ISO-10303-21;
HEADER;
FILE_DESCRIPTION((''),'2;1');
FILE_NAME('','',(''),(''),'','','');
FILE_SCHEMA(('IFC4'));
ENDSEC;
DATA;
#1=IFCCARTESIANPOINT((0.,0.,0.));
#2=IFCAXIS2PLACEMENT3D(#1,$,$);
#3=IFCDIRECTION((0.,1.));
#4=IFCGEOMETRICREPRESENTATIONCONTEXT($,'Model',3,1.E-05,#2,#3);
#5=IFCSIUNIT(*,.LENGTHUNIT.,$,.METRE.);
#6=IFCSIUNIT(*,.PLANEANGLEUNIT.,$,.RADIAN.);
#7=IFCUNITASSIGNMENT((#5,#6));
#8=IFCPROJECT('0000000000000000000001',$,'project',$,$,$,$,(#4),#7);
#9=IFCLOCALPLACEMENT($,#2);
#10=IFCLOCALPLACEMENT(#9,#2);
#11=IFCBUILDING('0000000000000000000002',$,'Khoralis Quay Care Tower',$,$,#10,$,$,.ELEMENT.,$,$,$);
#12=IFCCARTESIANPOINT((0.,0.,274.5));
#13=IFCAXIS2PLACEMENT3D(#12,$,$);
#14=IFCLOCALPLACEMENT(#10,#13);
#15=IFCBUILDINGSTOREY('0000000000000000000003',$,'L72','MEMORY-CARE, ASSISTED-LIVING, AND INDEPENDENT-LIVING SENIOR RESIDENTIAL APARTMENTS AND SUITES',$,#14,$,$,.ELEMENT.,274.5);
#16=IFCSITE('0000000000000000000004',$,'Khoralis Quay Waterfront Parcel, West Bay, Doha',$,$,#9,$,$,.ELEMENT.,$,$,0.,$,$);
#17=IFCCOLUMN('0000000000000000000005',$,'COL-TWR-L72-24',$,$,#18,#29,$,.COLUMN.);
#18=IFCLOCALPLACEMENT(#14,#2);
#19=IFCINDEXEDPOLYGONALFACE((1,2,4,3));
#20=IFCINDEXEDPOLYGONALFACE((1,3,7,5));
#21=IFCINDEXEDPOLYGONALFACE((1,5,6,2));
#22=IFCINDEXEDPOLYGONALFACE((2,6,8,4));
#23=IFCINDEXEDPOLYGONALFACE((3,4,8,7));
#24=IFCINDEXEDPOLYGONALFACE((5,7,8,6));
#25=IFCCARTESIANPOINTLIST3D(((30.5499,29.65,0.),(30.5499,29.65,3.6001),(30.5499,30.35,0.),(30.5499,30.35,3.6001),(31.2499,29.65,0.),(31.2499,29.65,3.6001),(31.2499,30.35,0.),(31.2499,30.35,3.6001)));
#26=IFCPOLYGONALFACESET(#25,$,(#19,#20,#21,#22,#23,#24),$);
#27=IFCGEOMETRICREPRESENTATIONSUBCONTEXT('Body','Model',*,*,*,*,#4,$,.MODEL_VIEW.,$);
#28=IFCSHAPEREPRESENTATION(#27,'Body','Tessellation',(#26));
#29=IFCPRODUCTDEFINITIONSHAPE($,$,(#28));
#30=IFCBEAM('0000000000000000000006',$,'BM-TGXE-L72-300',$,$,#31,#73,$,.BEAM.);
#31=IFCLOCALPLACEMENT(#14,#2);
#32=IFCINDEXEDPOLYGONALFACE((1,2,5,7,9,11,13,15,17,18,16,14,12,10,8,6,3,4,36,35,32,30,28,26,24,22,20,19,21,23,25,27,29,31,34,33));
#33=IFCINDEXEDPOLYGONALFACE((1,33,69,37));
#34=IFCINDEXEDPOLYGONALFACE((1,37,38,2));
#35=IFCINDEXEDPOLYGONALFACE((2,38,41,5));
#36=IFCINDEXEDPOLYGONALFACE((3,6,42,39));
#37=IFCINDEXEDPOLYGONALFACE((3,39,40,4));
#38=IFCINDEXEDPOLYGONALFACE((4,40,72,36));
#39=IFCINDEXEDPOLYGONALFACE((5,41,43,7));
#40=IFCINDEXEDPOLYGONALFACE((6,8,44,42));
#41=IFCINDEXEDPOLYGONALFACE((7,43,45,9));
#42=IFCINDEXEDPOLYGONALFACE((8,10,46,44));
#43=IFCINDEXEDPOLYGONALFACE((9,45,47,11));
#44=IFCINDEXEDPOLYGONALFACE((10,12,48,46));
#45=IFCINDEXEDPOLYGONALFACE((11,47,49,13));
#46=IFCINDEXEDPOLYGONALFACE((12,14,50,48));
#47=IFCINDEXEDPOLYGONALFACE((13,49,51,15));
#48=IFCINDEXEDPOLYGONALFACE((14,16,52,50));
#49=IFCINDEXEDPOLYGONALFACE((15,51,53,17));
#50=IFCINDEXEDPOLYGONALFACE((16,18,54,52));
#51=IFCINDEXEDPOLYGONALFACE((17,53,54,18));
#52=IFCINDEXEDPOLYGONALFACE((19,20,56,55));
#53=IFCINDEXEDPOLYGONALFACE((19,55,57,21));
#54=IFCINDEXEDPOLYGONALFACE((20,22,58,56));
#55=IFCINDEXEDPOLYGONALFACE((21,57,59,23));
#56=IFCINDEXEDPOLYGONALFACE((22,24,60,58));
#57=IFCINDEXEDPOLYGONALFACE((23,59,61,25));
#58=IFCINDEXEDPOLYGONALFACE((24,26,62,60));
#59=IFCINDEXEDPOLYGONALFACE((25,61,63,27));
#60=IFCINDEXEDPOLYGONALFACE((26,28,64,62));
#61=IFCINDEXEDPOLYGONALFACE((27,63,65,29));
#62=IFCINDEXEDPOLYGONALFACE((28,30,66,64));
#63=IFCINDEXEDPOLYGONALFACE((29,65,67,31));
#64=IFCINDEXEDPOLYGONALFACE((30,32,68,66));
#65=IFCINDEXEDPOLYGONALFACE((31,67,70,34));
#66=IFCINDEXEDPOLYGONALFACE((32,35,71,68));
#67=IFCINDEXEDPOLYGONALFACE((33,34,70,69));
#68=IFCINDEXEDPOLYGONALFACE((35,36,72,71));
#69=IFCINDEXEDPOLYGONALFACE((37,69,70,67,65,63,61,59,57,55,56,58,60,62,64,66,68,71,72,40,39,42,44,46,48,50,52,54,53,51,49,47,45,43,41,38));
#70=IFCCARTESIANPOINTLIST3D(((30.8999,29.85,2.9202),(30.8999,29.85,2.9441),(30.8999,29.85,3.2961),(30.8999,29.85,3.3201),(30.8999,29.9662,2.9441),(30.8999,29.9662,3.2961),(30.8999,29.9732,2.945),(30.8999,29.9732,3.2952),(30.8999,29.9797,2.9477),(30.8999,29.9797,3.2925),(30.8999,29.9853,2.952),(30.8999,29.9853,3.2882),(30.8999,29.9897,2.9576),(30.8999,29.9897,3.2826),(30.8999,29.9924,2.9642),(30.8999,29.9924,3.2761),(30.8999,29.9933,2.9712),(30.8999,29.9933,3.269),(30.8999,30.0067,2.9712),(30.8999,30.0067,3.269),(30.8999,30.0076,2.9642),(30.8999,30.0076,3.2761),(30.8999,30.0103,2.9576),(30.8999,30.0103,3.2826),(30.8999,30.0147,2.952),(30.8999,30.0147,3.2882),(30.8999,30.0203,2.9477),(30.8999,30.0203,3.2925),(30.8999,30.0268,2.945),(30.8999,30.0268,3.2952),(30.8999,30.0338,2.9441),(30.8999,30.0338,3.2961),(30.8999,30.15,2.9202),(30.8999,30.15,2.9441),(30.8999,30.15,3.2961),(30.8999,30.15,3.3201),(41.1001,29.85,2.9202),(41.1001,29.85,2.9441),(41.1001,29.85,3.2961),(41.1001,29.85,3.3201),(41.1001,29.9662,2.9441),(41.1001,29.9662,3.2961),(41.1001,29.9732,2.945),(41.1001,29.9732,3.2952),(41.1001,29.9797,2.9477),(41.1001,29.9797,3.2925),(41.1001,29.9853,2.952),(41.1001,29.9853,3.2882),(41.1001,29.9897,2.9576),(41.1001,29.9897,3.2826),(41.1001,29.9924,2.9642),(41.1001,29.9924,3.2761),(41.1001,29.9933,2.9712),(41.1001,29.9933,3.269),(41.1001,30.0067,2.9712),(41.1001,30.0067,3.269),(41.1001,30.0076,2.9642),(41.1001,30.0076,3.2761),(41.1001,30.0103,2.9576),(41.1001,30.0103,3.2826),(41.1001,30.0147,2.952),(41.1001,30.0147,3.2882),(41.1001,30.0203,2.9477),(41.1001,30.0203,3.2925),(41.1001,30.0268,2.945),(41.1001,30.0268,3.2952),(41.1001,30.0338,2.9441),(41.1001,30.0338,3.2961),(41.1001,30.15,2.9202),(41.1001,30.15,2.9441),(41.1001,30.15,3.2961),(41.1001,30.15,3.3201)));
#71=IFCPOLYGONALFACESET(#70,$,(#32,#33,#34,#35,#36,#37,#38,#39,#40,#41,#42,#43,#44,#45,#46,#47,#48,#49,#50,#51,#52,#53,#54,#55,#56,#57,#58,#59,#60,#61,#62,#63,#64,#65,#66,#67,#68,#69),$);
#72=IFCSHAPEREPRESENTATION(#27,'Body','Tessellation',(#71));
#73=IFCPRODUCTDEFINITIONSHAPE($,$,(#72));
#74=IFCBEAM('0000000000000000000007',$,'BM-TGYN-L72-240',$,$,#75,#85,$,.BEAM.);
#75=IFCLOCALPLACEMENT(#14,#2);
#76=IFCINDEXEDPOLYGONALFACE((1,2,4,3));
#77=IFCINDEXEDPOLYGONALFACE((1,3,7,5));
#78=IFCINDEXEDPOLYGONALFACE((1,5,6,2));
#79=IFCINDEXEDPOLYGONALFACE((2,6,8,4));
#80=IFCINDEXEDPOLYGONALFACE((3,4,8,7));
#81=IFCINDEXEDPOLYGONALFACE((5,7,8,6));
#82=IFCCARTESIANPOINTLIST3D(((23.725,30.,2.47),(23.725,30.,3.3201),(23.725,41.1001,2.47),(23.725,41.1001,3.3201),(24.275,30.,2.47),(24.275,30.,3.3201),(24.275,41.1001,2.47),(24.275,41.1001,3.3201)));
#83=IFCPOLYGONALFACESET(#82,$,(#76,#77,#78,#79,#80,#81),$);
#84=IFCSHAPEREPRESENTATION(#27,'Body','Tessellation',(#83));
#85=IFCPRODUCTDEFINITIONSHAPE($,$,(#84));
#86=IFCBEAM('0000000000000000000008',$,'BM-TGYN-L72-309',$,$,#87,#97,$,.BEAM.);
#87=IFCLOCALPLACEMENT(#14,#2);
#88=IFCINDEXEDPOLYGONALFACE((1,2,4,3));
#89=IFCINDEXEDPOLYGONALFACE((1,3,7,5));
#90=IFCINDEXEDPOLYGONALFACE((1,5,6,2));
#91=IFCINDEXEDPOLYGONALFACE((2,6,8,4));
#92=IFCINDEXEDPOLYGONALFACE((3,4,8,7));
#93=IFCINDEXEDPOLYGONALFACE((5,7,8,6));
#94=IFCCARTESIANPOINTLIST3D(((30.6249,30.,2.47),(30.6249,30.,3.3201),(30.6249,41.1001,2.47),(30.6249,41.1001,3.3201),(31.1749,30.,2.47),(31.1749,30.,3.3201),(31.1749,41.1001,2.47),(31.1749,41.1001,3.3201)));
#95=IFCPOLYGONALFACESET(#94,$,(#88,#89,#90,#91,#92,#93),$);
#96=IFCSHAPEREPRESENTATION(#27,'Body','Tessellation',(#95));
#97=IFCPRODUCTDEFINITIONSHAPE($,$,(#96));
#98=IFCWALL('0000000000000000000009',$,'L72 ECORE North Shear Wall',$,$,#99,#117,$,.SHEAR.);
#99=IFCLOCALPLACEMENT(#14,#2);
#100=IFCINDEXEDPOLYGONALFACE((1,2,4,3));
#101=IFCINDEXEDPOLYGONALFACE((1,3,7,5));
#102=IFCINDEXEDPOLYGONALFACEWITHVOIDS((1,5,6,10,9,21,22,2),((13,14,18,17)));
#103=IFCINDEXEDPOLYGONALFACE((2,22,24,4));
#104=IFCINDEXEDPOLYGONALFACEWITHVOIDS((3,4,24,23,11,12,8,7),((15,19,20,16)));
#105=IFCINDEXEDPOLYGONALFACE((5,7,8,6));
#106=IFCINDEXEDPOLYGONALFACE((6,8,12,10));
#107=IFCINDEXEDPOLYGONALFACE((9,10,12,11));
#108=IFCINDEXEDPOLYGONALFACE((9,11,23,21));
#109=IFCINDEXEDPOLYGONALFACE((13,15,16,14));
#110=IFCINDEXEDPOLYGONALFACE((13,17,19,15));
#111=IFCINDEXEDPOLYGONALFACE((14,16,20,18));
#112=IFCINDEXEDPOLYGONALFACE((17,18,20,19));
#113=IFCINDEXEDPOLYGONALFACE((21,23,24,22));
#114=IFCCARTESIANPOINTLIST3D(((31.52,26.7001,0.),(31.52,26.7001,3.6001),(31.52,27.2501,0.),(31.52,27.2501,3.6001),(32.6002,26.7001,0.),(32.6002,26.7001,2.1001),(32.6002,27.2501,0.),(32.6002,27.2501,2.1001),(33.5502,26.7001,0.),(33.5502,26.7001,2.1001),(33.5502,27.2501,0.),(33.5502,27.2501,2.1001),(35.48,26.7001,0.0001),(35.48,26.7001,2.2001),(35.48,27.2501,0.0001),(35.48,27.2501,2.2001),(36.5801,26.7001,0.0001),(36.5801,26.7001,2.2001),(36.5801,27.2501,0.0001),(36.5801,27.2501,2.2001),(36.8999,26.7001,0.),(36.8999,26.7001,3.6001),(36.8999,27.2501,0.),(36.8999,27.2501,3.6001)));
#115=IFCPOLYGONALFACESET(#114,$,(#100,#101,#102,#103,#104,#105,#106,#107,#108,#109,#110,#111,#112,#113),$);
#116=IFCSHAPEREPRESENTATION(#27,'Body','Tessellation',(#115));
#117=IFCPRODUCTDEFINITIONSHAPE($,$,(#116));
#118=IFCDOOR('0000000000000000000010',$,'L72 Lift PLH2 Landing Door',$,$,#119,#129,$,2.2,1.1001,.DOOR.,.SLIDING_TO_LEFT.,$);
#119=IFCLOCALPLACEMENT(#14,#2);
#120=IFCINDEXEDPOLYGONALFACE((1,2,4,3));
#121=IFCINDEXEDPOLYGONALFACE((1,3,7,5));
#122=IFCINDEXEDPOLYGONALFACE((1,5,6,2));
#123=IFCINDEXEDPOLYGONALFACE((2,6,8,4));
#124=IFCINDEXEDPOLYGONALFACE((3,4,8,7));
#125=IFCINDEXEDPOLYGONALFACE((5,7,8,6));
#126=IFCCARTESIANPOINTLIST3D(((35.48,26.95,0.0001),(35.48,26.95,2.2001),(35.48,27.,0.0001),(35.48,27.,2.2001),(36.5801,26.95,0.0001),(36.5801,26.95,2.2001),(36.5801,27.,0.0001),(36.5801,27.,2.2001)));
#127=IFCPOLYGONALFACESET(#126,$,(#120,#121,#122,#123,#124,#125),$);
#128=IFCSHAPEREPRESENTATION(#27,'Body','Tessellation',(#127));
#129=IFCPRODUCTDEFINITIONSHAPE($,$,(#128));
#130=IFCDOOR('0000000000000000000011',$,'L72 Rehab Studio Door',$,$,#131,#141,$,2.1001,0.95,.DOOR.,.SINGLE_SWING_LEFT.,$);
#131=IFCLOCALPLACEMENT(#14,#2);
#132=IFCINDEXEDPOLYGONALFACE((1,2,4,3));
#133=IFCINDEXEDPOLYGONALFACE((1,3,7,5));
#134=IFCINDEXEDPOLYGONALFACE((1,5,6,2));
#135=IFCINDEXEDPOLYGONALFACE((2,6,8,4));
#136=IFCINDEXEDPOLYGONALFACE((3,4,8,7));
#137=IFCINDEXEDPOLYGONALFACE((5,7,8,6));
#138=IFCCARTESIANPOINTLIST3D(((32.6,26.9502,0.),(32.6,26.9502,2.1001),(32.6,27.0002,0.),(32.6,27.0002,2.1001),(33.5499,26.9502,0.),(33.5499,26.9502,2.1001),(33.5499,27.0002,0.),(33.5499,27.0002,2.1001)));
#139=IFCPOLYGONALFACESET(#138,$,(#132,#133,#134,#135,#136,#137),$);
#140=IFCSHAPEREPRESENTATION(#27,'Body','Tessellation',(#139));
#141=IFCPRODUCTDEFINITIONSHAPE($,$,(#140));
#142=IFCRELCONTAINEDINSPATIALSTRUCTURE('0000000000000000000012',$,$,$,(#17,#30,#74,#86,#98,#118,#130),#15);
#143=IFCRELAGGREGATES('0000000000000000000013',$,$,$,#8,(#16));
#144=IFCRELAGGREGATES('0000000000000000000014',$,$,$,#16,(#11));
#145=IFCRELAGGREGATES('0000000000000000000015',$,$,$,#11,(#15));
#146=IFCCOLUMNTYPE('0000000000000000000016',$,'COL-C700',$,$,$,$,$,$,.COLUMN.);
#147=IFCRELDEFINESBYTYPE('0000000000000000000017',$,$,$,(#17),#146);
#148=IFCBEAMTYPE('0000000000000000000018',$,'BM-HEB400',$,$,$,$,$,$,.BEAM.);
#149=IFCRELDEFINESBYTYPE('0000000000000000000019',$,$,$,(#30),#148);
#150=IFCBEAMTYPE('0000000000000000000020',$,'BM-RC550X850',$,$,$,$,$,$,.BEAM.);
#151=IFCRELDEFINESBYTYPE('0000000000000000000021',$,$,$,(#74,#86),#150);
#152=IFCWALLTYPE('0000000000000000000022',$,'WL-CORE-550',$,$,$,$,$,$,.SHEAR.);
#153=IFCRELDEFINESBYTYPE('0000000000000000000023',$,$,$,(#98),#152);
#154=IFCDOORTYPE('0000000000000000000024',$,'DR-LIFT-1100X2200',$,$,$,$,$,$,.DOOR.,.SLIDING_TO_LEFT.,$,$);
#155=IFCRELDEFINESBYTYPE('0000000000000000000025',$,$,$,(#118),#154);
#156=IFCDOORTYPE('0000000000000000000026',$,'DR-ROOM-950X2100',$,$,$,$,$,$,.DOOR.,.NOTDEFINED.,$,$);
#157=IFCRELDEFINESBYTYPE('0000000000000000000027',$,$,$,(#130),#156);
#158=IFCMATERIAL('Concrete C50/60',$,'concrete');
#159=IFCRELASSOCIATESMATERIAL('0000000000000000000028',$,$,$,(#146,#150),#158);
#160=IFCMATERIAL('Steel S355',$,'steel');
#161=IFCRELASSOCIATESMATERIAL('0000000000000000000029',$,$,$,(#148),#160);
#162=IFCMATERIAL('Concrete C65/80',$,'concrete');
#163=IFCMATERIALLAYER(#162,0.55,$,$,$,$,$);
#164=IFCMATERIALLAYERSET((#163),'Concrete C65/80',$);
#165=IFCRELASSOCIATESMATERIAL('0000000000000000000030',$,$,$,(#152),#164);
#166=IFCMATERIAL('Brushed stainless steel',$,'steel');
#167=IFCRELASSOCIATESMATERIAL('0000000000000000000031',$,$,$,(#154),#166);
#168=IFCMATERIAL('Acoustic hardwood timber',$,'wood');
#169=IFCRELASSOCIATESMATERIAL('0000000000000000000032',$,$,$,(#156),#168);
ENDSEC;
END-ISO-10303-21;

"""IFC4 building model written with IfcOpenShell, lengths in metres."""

from ifc_helpers import new_model, si_unit, direction, frame, frame_2d, origin, origin_2d, place, context, subcontext, project, spatial, rectangle, i_section, extrude, source, transform, mapped, material, layer, layer_set, material_profile, profile_set, type_object, element, fill, save


model = new_model("IFC4")

# Units and contexts
model_context = context("Model", 3, precision=1e-05, world=origin(), true_north=direction((0.0, 1.0)))
body_context = subcontext(model_context, "Body", "Model", "MODEL_VIEW")
ifc_project = project(units=[si_unit("LENGTHUNIT", "METRE"), si_unit("PLANEANGLEUNIT", "RADIAN")], contexts=[model_context])

# Site, building, storey
site_placement = place(None, origin())
site = spatial("IfcSite", under=ifc_project, at=site_placement, Name="Khoralis Quay Waterfront Parcel, West Bay, Doha", CompositionType="ELEMENT", RefElevation=0.0)
building_placement = place(site_placement, origin())
building = spatial("IfcBuilding", under=site, at=building_placement, Name="Khoralis Quay Care Tower", CompositionType="ELEMENT")
storey_placement = place(building_placement, frame((0.0, 0.0, 274.5)))
storey = spatial("IfcBuildingStorey", under=building, at=storey_placement, Name="L72", Description="MEMORY-CARE, ASSISTED-LIVING, AND INDEPENDENT-LIVING SENIOR RESIDENTIAL APARTMENTS AND SUITES", CompositionType="ELEMENT", Elevation=274.5)

# Column
ifc_material_1 = material(Name="Concrete C50/60", Category="concrete")
ifc_material_profile_1 = material_profile(ifc_material_1, rectangle(XDim=0.7, YDim=0.7, at=origin_2d()), Name="Concrete C50/60")
ifc_profile_set_1 = profile_set([ifc_material_profile_1], Name="Concrete C50/60")
column_type = type_object("IfcColumnType", Name="COL-C700", PredefinedType="COLUMN", material=ifc_profile_set_1)
shared_shape_1 = source(origin(), body_context, "Body", "SweptSolid", [
    extrude(rectangle(XDim=0.7, YDim=0.7, at=origin_2d()), origin(), (0.0, 0.0, 1.0), 3.6001),
])
column_placement = place(storey_placement, frame((30.8999, 30.0, 0.0), z_axis=(0.0, 0.0, 1.0), x_axis=(1.0, 0.0, 0.0)))
element("IfcColumn", 1, at=column_placement, inside=storey, type_object=column_type, Name="COL-TWR-L72-24", PredefinedType="COLUMN", context=body_context, shape_type="MappedRepresentation", body=[
    mapped(shared_shape_1, transform((0.0, 0.0, 0.0), scale=1.0)),
])

# Beams
ifc_material_2 = material(Name="Steel S355", Category="steel")
ifc_material_profile_2 = material_profile(ifc_material_2, i_section(OverallWidth=0.3, OverallDepth=0.3999, WebThickness=0.0134, FlangeThickness=0.0239, FilletRadius=0.0271, at=origin_2d()), Name="Steel S355")
ifc_profile_set_2 = profile_set([ifc_material_profile_2], Name="Steel S355")
beam_type_1 = type_object("IfcBeamType", Name="BM-HEB400", PredefinedType="BEAM", material=ifc_profile_set_2)
shared_shape_2 = source(origin(), body_context, "Body", "SweptSolid", [
    extrude(i_section(OverallWidth=0.3, OverallDepth=0.3999, WebThickness=0.0134, FlangeThickness=0.0239, FilletRadius=0.0271, at=origin_2d()), origin(), (0.0, 0.0, 1.0), 10.2002),
])
beam_placement = place(storey_placement, frame((30.8999, 30.0, 3.1201), z_axis=(1.0, 0.0, 0.0), x_axis=(0.0, 1.0, 0.0)))
element("IfcBeam", 2, at=beam_placement, inside=storey, type_object=beam_type_1, Name="BM-TGXE-L72-300", PredefinedType="BEAM", context=body_context, shape_type="MappedRepresentation", body=[
    mapped(shared_shape_2, transform((0.0, 0.0, 0.0), scale=1.0)),
])
ifc_material_profile_3 = material_profile(ifc_material_1, rectangle(XDim=0.55, YDim=0.8501, at=origin_2d()), Name="Concrete C50/60")
ifc_profile_set_3 = profile_set([ifc_material_profile_3], Name="Concrete C50/60")
beam_type_2 = type_object("IfcBeamType", Name="BM-RC550X850", PredefinedType="BEAM", material=ifc_profile_set_3)
shared_shape_3 = source(origin(), body_context, "Body", "SweptSolid", [
    extrude(rectangle(XDim=0.55, YDim=0.8501, at=origin_2d()), origin(), (0.0, 0.0, 1.0), 11.1001),
])
for number, where, z_axis, x_axis, name in (
    (3, (24.0, 30.0, 2.895), (0.0, 1.0, 0.0), (-1.0, 0.0, 0.0), "BM-TGYN-L72-240"),
    (4, (30.8999, 30.0, 2.895), (0.0, 1.0, 0.0), (-1.0, 0.0, 0.0), "BM-TGYN-L72-309"),
):
    element("IfcBeam", number, at=place(storey_placement, frame(where, z_axis=z_axis, x_axis=x_axis)), inside=storey, type_object=beam_type_2, Name=name, PredefinedType="BEAM", context=body_context, shape_type="MappedRepresentation", body=[
        mapped(shared_shape_3, transform((0.0, 0.0, 0.0), scale=1.0)),
    ])

# Wall, openings, doors
ifc_material_3 = material(Name="Concrete C65/80", Category="concrete")
ifc_layer_1 = layer(ifc_material_3, 0.55)
ifc_layer_set_1 = layer_set([ifc_layer_1], Name="Concrete C65/80")
wall_type_1 = type_object("IfcWallType", Name="WL-CORE-550", PredefinedType="SHEAR", material=ifc_layer_set_1)
wall_1_placement = place(storey_placement, frame((31.52, 26.9751, 0.0), z_axis=(0.0, 0.0, 1.0), x_axis=(1.0, 0.0, 0.0)))
wall_1 = element("IfcWall", 5, at=wall_1_placement, inside=storey, type_object=wall_type_1, Name="L72 ECORE North Shear Wall", PredefinedType="SHEAR", context=body_context, shape_type="SweptSolid", body=[
    extrude(rectangle(XDim=5.3799, YDim=0.55, at=frame_2d((2.6899, 0.0))), origin(), (0.0, 0.0, 1.0), 3.6001),
])
opening_1_placement = place(wall_1_placement, frame((1.0801, 0.0, 0.0)))
opening_1 = element("IfcOpeningElement", 6, at=opening_1_placement, cuts=wall_1, PredefinedType="OPENING", context=body_context, shape_type="SweptSolid", body=[
    extrude(rectangle(XDim=0.95, YDim=2.1001, at=frame_2d((0.4751, 1.05))), frame((0.0, 0.2852, 0.0), z_axis=(0.0, -1.0, 0.0), x_axis=(1.0, 0.0, 0.0)), (0.0, 0.0, 1.0), 0.5701),
])
opening_2_placement = place(wall_1_placement, frame((3.96, 0.0, 0.0)))
opening_2 = element("IfcOpeningElement", 7, at=opening_2_placement, cuts=wall_1, PredefinedType="OPENING", context=body_context, shape_type="SweptSolid", body=[
    extrude(rectangle(XDim=1.1001, YDim=2.2, at=frame_2d((0.55, 1.1001))), frame((0.0, 0.2852, 0.0), z_axis=(0.0, -1.0, 0.0), x_axis=(1.0, 0.0, 0.0)), (0.0, 0.0, 1.0), 0.5701),
])
ifc_material_4 = material(Name="Brushed stainless steel", Category="steel")
door_type_1 = type_object("IfcDoorType", Name="DR-LIFT-1100X2200", OperationType="SLIDING_TO_LEFT", PredefinedType="DOOR", material=ifc_material_4)
shared_shape_4 = source(origin(), body_context, "Body", "SweptSolid", [
    extrude(rectangle(XDim=1.1001, YDim=2.2, at=frame_2d((0.55, 1.1001))), frame((0.0, 0.0249, 0.0), z_axis=(0.0, -1.0, 0.0), x_axis=(1.0, 0.0, 0.0)), (0.0, 0.0, 1.0), 0.05),
])
door_1_placement = place(opening_2_placement, origin())
door_1 = element("IfcDoor", 8, at=door_1_placement, inside=storey, type_object=door_type_1, Name="L72 Lift PLH2 Landing Door", OperationType="SLIDING_TO_LEFT", OverallHeight=2.2, OverallWidth=1.1001, PredefinedType="DOOR", context=body_context, shape_type="MappedRepresentation", body=[
    mapped(shared_shape_4, transform((0.0, 0.0, 0.0), scale=1.0)),
])
fill(opening_2, door_1)
ifc_material_5 = material(Name="Acoustic hardwood timber", Category="wood")
door_type_2 = type_object("IfcDoorType", Name="DR-ROOM-950X2100", OperationType="NOTDEFINED", PredefinedType="DOOR", material=ifc_material_5)
shared_shape_5 = source(origin(), body_context, "Body", "SweptSolid", [
    extrude(rectangle(XDim=0.95, YDim=2.1001, at=frame_2d((0.4751, 1.05))), frame((0.0, 0.0249, 0.0), z_axis=(0.0, -1.0, 0.0), x_axis=(1.0, 0.0, 0.0)), (0.0, 0.0, 1.0), 0.05),
])
door_2_placement = place(opening_1_placement, frame((0.95, 0.0, 0.0), z_axis=(0.0, 0.0, 1.0), x_axis=(-1.0, 0.0, 0.0)))
door_2 = element("IfcDoor", 9, at=door_2_placement, inside=storey, type_object=door_type_2, Name="L72 Rehab Studio Door", OperationType="SINGLE_SWING_LEFT", OverallHeight=2.1001, OverallWidth=0.95, PredefinedType="DOOR", context=body_context, shape_type="MappedRepresentation", body=[
    mapped(shared_shape_5, transform((0.0, 0.0, 0.0), scale=1.0)),
])
fill(opening_1, door_2)

save(model, "model.ifc")
